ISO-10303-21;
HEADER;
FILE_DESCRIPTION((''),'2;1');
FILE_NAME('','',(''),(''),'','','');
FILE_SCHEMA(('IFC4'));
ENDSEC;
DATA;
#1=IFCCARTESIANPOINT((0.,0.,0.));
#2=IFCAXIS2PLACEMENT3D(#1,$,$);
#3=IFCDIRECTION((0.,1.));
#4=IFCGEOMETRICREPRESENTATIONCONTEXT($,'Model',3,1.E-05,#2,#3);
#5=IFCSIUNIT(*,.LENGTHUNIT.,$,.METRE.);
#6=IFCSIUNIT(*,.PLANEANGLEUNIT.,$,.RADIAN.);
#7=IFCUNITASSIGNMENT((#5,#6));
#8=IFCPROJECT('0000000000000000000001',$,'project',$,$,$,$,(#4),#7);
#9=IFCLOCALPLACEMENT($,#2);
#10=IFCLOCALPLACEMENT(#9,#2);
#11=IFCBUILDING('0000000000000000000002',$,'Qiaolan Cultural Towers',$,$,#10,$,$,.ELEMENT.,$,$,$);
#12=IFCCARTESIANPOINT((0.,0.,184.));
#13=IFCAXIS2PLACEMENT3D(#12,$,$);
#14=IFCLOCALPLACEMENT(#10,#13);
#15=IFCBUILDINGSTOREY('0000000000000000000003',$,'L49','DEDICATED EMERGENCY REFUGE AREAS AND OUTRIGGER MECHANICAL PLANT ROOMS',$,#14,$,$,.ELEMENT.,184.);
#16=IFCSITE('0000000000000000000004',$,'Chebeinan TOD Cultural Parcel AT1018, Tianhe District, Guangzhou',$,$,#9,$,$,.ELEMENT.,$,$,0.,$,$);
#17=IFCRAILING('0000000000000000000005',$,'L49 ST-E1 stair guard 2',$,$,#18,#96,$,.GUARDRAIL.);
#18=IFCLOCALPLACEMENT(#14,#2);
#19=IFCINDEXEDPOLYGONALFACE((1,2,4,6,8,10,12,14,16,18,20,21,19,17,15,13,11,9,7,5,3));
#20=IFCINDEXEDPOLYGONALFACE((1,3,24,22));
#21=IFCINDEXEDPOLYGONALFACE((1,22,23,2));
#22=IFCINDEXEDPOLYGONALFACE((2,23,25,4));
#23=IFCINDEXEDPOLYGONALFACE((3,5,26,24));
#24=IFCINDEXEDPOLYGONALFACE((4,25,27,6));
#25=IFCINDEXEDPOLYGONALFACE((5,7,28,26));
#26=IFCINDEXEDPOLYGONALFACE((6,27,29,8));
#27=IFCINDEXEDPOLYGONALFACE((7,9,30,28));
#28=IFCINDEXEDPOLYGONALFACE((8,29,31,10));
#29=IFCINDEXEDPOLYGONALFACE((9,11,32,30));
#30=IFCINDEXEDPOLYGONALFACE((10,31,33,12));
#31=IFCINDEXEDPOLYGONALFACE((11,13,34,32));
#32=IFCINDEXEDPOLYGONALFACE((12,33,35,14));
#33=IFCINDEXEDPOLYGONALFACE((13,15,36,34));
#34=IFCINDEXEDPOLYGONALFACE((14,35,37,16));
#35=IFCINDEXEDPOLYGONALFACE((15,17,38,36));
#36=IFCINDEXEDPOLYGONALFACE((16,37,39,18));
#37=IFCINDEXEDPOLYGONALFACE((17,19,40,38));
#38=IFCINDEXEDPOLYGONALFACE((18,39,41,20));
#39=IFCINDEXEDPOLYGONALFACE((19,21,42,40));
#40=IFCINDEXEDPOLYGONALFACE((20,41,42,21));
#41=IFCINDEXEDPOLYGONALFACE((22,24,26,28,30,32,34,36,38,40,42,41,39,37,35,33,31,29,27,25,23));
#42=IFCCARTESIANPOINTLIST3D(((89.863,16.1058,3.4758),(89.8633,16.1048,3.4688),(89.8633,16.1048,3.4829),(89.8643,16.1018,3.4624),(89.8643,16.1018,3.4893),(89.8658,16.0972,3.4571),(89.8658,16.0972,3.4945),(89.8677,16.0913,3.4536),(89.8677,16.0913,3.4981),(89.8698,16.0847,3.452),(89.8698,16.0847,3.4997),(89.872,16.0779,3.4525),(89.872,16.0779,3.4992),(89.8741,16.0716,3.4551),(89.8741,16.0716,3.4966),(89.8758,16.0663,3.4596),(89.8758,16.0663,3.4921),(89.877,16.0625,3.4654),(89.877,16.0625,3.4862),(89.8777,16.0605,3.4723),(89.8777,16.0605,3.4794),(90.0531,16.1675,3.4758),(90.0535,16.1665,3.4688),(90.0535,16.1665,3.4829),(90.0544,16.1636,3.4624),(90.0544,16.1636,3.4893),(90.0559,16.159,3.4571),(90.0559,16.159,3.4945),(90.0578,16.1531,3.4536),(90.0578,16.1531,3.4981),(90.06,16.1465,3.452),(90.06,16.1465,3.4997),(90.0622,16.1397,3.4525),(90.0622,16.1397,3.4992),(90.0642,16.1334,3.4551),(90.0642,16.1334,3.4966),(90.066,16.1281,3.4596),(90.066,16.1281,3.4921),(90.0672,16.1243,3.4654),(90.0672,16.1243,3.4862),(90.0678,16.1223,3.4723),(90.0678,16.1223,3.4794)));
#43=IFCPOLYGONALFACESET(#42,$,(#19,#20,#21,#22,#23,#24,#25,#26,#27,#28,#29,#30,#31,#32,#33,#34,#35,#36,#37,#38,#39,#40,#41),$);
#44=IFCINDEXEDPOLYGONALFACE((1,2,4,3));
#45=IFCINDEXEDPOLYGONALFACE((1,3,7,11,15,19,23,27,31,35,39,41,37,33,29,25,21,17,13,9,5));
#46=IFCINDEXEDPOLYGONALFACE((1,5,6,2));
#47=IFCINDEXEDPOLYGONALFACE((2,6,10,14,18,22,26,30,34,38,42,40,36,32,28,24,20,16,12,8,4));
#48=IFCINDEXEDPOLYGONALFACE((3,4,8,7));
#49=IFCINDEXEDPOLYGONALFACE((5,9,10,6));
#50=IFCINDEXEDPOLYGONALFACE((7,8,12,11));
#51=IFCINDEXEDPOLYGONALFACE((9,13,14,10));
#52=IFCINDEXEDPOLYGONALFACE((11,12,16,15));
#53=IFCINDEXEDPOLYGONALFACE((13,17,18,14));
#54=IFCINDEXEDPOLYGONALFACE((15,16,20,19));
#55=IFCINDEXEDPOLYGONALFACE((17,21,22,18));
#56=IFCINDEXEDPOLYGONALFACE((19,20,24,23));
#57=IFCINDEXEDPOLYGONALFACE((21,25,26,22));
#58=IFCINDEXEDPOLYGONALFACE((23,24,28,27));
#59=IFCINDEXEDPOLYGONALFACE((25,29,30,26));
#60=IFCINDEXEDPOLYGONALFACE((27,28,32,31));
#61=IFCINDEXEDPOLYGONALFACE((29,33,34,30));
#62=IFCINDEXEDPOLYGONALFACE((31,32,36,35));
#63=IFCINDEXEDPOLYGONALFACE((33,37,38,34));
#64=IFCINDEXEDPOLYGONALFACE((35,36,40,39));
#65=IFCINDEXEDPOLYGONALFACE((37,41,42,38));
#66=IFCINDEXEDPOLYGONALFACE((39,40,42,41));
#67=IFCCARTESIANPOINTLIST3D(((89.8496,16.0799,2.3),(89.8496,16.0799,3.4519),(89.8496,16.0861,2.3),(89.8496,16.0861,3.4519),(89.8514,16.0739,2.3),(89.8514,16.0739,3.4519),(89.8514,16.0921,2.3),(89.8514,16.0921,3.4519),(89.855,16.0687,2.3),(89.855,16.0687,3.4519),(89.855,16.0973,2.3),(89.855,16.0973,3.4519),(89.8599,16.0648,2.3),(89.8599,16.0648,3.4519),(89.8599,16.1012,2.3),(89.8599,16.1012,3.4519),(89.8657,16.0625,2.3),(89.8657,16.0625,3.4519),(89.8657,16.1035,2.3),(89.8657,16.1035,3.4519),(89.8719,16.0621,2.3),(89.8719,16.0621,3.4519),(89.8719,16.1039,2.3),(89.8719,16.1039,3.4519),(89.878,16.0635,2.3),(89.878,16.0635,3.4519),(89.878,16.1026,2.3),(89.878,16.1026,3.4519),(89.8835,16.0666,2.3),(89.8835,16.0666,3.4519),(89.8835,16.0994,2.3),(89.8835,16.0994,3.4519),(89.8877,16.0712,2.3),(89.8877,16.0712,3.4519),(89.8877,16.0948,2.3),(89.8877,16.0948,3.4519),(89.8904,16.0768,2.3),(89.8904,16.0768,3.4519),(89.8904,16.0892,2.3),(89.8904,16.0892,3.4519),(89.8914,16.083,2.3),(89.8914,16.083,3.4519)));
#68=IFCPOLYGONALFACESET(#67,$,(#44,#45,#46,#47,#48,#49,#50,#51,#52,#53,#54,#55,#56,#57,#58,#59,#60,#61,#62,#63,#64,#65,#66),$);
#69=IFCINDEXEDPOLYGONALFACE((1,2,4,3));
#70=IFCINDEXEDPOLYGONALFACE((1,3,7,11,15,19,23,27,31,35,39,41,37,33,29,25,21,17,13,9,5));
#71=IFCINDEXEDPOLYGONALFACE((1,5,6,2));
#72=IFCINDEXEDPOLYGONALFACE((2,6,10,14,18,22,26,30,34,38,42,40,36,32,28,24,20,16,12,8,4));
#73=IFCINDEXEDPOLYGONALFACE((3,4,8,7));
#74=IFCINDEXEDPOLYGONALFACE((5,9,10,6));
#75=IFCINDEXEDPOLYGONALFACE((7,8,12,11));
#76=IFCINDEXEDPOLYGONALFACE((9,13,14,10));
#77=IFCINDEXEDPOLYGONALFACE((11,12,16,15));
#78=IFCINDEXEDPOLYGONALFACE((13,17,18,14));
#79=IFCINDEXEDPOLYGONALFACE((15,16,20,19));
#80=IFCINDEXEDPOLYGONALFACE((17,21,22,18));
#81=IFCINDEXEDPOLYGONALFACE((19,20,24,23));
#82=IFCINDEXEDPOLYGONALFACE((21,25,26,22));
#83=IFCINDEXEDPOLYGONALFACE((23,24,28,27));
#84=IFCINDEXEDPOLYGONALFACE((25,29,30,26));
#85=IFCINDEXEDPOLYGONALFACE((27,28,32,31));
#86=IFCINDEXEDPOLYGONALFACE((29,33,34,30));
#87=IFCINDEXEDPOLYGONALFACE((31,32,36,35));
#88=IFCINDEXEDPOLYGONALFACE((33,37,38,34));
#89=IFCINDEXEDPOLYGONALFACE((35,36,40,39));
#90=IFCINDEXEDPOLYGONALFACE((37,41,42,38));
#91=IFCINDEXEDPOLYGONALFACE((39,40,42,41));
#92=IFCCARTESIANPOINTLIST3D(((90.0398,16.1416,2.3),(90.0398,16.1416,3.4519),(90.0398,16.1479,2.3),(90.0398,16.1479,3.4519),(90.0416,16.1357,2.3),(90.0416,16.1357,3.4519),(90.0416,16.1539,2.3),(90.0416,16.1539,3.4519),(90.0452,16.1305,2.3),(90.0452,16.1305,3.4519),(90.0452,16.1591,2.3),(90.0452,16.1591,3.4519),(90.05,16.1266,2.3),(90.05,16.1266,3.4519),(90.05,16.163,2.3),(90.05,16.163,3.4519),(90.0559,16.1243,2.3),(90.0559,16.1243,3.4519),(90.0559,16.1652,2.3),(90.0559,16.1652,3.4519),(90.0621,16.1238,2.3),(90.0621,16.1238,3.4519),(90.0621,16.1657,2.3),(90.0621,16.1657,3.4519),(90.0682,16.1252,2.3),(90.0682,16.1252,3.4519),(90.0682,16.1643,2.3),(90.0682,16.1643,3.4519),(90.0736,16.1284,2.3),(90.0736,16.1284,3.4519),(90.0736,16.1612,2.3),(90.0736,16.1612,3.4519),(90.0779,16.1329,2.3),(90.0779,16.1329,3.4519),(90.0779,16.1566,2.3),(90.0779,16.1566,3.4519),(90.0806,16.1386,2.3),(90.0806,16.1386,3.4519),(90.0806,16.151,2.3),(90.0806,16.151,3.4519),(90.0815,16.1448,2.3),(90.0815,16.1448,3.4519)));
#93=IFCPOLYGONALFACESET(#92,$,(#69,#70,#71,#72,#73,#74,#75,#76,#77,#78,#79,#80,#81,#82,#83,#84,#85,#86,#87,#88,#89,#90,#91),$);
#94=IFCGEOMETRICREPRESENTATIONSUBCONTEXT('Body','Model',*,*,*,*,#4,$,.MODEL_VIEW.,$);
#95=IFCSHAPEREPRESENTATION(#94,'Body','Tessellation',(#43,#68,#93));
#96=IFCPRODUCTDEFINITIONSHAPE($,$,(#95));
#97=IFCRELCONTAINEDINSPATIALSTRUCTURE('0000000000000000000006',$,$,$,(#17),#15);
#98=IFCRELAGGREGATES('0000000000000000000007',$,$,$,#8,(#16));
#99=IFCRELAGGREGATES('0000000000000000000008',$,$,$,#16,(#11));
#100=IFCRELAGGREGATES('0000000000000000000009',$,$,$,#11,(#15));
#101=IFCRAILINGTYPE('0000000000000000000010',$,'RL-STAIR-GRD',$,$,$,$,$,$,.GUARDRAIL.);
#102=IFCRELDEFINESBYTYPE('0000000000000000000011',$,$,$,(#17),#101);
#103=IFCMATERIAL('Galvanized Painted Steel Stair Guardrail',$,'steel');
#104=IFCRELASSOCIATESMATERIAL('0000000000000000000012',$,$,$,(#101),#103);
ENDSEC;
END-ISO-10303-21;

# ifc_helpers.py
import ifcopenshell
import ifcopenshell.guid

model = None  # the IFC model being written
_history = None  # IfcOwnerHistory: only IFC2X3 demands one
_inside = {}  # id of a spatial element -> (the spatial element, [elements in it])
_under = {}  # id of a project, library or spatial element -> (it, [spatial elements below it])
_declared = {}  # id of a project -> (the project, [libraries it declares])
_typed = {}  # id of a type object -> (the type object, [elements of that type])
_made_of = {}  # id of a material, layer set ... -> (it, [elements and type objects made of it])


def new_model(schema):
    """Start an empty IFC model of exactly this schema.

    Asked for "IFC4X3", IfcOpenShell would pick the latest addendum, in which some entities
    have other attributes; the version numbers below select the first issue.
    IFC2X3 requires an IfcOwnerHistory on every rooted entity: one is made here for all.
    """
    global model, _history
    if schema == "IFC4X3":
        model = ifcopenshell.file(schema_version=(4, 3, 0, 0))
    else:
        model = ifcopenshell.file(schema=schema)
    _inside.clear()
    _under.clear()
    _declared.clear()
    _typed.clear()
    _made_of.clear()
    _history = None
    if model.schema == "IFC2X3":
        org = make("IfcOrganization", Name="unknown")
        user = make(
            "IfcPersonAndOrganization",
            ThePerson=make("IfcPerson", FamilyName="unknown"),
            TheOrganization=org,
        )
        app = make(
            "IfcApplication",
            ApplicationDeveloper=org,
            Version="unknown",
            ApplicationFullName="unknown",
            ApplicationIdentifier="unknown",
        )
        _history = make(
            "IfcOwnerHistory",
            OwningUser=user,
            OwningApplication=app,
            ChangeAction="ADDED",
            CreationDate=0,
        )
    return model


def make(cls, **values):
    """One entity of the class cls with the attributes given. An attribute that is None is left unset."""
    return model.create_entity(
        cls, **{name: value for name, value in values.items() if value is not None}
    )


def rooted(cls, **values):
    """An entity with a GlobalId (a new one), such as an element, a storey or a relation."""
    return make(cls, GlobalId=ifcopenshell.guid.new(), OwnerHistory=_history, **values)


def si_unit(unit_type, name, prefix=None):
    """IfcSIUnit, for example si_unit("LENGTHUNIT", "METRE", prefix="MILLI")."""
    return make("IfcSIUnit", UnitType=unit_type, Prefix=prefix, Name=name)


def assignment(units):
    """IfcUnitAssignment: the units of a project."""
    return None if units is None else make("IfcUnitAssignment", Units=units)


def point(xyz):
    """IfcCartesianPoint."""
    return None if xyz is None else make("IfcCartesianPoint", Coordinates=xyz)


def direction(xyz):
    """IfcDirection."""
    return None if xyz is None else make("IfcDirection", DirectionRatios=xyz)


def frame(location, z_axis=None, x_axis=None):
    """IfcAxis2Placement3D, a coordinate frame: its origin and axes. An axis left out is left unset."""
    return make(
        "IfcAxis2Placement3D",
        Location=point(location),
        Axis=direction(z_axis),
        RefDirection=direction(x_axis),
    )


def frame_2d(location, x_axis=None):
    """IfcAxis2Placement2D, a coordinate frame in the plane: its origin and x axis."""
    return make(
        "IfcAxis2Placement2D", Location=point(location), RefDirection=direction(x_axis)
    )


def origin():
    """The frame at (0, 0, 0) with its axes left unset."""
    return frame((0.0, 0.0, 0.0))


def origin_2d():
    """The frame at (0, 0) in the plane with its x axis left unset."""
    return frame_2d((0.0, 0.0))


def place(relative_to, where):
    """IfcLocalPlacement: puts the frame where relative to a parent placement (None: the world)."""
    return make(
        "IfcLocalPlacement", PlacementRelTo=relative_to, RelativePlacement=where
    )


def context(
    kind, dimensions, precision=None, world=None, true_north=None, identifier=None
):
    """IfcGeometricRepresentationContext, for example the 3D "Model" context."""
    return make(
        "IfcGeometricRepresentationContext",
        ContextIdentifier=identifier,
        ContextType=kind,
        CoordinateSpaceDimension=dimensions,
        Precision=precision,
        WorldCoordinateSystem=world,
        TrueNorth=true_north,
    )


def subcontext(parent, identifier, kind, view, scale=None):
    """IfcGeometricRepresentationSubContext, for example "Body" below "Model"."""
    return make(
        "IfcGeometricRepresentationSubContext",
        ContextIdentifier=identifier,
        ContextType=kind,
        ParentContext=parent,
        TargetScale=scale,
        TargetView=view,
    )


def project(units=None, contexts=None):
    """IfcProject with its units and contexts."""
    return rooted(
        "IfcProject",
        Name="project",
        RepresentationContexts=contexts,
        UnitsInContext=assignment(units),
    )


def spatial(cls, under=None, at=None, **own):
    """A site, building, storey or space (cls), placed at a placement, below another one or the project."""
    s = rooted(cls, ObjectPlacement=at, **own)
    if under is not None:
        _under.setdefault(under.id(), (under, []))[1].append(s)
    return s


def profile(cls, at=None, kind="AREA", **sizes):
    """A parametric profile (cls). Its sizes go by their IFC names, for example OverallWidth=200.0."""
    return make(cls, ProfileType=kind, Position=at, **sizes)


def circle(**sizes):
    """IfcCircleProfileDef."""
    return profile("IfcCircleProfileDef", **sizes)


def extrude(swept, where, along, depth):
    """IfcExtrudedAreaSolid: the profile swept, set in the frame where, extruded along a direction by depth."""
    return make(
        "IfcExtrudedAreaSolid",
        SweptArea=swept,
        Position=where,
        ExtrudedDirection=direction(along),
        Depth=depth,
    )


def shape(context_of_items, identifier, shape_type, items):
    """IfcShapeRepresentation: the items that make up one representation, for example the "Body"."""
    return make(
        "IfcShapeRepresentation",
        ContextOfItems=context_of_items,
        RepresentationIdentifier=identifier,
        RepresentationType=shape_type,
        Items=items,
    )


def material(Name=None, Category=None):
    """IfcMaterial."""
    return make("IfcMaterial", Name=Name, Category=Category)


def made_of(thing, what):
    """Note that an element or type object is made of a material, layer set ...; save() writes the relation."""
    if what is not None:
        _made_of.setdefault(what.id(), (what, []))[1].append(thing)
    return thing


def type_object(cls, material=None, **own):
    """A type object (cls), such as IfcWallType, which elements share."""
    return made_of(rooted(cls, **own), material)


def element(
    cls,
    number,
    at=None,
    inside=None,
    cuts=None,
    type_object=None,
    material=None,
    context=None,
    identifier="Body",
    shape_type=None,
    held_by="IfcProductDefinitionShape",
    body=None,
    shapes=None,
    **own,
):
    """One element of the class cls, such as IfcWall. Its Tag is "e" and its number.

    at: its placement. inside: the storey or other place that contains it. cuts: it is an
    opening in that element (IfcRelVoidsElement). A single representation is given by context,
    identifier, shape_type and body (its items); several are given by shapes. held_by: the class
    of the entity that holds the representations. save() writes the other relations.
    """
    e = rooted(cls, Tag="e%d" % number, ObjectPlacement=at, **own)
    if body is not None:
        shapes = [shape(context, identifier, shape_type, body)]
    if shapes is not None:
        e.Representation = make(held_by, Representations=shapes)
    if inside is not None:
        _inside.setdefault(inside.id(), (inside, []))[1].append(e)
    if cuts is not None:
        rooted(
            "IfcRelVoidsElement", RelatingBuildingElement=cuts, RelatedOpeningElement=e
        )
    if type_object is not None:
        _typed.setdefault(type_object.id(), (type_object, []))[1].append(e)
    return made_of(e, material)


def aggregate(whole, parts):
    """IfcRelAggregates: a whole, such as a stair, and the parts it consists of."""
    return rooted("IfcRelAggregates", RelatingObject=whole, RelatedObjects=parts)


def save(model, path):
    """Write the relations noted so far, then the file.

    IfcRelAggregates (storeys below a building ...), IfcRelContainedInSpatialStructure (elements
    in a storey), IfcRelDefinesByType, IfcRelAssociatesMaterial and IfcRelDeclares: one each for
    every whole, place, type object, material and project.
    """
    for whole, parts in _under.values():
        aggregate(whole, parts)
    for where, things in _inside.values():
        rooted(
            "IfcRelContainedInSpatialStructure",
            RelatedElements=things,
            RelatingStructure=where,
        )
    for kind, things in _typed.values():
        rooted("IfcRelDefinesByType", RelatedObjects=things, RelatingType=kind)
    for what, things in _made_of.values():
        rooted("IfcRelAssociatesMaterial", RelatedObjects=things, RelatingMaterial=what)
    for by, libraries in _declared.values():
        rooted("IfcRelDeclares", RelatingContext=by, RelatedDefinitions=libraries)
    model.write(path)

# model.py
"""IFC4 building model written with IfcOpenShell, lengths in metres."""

from ifc_helpers import new_model, si_unit, direction, frame, origin, origin_2d, place, context, subcontext, project, spatial, circle, extrude, material, type_object, element, save


model = new_model("IFC4")

# Units and contexts
model_context = context("Model", 3, precision=1e-05, world=origin(), true_north=direction((0.0, 1.0)))
body_context = subcontext(model_context, "Body", "Model", "MODEL_VIEW")
ifc_project = project(units=[si_unit("LENGTHUNIT", "METRE"), si_unit("PLANEANGLEUNIT", "RADIAN")], contexts=[model_context])

# Site, building, storey
site_placement = place(None, origin())
site = spatial("IfcSite", under=ifc_project, at=site_placement, Name="Chebeinan TOD Cultural Parcel AT1018, Tianhe District, Guangzhou", CompositionType="ELEMENT", RefElevation=0.0)
building_placement = place(site_placement, origin())
building = spatial("IfcBuilding", under=site, at=building_placement, Name="Qiaolan Cultural Towers", CompositionType="ELEMENT")
storey_placement = place(building_placement, frame((0.0, 0.0, 184.0)))
storey = spatial("IfcBuildingStorey", under=building, at=storey_placement, Name="L49", Description="DEDICATED EMERGENCY REFUGE AREAS AND OUTRIGGER MECHANICAL PLANT ROOMS", CompositionType="ELEMENT", Elevation=184.0)

# Railing
ifc_material_1 = material(Name="Galvanized Painted Steel Stair Guardrail", Category="steel")
railing_type_1 = type_object("IfcRailingType", Name="RL-STAIR-GRD", PredefinedType="GUARDRAIL", material=ifc_material_1)
railing_1_placement = place(storey_placement, frame((89.8704, 16.083, 2.3)))
element("IfcRailing", 1, at=railing_1_placement, inside=storey, type_object=railing_type_1, Name="L49 ST-E1 stair guard 2", PredefinedType="GUARDRAIL", context=body_context, shape_type="SweptSolid", body=[
    extrude(circle(Radius=0.0239, at=origin_2d()), frame((0.0, 0.0, 1.1758), z_axis=(0.951097, 0.308893, 0.0), x_axis=(-0.308893, 0.951097, 0.0)), (0.0, 0.0, 1.0), 0.2),
    extrude(circle(Radius=0.021, at=origin_2d()), origin(), (0.0, 0.0, 1.0), 1.1519),
    extrude(circle(Radius=0.021, at=origin_2d()), frame((0.1902, 0.0618, 0.0)), (0.0, 0.0, 1.0), 1.1519),
])

save(model, "model.ifc")
